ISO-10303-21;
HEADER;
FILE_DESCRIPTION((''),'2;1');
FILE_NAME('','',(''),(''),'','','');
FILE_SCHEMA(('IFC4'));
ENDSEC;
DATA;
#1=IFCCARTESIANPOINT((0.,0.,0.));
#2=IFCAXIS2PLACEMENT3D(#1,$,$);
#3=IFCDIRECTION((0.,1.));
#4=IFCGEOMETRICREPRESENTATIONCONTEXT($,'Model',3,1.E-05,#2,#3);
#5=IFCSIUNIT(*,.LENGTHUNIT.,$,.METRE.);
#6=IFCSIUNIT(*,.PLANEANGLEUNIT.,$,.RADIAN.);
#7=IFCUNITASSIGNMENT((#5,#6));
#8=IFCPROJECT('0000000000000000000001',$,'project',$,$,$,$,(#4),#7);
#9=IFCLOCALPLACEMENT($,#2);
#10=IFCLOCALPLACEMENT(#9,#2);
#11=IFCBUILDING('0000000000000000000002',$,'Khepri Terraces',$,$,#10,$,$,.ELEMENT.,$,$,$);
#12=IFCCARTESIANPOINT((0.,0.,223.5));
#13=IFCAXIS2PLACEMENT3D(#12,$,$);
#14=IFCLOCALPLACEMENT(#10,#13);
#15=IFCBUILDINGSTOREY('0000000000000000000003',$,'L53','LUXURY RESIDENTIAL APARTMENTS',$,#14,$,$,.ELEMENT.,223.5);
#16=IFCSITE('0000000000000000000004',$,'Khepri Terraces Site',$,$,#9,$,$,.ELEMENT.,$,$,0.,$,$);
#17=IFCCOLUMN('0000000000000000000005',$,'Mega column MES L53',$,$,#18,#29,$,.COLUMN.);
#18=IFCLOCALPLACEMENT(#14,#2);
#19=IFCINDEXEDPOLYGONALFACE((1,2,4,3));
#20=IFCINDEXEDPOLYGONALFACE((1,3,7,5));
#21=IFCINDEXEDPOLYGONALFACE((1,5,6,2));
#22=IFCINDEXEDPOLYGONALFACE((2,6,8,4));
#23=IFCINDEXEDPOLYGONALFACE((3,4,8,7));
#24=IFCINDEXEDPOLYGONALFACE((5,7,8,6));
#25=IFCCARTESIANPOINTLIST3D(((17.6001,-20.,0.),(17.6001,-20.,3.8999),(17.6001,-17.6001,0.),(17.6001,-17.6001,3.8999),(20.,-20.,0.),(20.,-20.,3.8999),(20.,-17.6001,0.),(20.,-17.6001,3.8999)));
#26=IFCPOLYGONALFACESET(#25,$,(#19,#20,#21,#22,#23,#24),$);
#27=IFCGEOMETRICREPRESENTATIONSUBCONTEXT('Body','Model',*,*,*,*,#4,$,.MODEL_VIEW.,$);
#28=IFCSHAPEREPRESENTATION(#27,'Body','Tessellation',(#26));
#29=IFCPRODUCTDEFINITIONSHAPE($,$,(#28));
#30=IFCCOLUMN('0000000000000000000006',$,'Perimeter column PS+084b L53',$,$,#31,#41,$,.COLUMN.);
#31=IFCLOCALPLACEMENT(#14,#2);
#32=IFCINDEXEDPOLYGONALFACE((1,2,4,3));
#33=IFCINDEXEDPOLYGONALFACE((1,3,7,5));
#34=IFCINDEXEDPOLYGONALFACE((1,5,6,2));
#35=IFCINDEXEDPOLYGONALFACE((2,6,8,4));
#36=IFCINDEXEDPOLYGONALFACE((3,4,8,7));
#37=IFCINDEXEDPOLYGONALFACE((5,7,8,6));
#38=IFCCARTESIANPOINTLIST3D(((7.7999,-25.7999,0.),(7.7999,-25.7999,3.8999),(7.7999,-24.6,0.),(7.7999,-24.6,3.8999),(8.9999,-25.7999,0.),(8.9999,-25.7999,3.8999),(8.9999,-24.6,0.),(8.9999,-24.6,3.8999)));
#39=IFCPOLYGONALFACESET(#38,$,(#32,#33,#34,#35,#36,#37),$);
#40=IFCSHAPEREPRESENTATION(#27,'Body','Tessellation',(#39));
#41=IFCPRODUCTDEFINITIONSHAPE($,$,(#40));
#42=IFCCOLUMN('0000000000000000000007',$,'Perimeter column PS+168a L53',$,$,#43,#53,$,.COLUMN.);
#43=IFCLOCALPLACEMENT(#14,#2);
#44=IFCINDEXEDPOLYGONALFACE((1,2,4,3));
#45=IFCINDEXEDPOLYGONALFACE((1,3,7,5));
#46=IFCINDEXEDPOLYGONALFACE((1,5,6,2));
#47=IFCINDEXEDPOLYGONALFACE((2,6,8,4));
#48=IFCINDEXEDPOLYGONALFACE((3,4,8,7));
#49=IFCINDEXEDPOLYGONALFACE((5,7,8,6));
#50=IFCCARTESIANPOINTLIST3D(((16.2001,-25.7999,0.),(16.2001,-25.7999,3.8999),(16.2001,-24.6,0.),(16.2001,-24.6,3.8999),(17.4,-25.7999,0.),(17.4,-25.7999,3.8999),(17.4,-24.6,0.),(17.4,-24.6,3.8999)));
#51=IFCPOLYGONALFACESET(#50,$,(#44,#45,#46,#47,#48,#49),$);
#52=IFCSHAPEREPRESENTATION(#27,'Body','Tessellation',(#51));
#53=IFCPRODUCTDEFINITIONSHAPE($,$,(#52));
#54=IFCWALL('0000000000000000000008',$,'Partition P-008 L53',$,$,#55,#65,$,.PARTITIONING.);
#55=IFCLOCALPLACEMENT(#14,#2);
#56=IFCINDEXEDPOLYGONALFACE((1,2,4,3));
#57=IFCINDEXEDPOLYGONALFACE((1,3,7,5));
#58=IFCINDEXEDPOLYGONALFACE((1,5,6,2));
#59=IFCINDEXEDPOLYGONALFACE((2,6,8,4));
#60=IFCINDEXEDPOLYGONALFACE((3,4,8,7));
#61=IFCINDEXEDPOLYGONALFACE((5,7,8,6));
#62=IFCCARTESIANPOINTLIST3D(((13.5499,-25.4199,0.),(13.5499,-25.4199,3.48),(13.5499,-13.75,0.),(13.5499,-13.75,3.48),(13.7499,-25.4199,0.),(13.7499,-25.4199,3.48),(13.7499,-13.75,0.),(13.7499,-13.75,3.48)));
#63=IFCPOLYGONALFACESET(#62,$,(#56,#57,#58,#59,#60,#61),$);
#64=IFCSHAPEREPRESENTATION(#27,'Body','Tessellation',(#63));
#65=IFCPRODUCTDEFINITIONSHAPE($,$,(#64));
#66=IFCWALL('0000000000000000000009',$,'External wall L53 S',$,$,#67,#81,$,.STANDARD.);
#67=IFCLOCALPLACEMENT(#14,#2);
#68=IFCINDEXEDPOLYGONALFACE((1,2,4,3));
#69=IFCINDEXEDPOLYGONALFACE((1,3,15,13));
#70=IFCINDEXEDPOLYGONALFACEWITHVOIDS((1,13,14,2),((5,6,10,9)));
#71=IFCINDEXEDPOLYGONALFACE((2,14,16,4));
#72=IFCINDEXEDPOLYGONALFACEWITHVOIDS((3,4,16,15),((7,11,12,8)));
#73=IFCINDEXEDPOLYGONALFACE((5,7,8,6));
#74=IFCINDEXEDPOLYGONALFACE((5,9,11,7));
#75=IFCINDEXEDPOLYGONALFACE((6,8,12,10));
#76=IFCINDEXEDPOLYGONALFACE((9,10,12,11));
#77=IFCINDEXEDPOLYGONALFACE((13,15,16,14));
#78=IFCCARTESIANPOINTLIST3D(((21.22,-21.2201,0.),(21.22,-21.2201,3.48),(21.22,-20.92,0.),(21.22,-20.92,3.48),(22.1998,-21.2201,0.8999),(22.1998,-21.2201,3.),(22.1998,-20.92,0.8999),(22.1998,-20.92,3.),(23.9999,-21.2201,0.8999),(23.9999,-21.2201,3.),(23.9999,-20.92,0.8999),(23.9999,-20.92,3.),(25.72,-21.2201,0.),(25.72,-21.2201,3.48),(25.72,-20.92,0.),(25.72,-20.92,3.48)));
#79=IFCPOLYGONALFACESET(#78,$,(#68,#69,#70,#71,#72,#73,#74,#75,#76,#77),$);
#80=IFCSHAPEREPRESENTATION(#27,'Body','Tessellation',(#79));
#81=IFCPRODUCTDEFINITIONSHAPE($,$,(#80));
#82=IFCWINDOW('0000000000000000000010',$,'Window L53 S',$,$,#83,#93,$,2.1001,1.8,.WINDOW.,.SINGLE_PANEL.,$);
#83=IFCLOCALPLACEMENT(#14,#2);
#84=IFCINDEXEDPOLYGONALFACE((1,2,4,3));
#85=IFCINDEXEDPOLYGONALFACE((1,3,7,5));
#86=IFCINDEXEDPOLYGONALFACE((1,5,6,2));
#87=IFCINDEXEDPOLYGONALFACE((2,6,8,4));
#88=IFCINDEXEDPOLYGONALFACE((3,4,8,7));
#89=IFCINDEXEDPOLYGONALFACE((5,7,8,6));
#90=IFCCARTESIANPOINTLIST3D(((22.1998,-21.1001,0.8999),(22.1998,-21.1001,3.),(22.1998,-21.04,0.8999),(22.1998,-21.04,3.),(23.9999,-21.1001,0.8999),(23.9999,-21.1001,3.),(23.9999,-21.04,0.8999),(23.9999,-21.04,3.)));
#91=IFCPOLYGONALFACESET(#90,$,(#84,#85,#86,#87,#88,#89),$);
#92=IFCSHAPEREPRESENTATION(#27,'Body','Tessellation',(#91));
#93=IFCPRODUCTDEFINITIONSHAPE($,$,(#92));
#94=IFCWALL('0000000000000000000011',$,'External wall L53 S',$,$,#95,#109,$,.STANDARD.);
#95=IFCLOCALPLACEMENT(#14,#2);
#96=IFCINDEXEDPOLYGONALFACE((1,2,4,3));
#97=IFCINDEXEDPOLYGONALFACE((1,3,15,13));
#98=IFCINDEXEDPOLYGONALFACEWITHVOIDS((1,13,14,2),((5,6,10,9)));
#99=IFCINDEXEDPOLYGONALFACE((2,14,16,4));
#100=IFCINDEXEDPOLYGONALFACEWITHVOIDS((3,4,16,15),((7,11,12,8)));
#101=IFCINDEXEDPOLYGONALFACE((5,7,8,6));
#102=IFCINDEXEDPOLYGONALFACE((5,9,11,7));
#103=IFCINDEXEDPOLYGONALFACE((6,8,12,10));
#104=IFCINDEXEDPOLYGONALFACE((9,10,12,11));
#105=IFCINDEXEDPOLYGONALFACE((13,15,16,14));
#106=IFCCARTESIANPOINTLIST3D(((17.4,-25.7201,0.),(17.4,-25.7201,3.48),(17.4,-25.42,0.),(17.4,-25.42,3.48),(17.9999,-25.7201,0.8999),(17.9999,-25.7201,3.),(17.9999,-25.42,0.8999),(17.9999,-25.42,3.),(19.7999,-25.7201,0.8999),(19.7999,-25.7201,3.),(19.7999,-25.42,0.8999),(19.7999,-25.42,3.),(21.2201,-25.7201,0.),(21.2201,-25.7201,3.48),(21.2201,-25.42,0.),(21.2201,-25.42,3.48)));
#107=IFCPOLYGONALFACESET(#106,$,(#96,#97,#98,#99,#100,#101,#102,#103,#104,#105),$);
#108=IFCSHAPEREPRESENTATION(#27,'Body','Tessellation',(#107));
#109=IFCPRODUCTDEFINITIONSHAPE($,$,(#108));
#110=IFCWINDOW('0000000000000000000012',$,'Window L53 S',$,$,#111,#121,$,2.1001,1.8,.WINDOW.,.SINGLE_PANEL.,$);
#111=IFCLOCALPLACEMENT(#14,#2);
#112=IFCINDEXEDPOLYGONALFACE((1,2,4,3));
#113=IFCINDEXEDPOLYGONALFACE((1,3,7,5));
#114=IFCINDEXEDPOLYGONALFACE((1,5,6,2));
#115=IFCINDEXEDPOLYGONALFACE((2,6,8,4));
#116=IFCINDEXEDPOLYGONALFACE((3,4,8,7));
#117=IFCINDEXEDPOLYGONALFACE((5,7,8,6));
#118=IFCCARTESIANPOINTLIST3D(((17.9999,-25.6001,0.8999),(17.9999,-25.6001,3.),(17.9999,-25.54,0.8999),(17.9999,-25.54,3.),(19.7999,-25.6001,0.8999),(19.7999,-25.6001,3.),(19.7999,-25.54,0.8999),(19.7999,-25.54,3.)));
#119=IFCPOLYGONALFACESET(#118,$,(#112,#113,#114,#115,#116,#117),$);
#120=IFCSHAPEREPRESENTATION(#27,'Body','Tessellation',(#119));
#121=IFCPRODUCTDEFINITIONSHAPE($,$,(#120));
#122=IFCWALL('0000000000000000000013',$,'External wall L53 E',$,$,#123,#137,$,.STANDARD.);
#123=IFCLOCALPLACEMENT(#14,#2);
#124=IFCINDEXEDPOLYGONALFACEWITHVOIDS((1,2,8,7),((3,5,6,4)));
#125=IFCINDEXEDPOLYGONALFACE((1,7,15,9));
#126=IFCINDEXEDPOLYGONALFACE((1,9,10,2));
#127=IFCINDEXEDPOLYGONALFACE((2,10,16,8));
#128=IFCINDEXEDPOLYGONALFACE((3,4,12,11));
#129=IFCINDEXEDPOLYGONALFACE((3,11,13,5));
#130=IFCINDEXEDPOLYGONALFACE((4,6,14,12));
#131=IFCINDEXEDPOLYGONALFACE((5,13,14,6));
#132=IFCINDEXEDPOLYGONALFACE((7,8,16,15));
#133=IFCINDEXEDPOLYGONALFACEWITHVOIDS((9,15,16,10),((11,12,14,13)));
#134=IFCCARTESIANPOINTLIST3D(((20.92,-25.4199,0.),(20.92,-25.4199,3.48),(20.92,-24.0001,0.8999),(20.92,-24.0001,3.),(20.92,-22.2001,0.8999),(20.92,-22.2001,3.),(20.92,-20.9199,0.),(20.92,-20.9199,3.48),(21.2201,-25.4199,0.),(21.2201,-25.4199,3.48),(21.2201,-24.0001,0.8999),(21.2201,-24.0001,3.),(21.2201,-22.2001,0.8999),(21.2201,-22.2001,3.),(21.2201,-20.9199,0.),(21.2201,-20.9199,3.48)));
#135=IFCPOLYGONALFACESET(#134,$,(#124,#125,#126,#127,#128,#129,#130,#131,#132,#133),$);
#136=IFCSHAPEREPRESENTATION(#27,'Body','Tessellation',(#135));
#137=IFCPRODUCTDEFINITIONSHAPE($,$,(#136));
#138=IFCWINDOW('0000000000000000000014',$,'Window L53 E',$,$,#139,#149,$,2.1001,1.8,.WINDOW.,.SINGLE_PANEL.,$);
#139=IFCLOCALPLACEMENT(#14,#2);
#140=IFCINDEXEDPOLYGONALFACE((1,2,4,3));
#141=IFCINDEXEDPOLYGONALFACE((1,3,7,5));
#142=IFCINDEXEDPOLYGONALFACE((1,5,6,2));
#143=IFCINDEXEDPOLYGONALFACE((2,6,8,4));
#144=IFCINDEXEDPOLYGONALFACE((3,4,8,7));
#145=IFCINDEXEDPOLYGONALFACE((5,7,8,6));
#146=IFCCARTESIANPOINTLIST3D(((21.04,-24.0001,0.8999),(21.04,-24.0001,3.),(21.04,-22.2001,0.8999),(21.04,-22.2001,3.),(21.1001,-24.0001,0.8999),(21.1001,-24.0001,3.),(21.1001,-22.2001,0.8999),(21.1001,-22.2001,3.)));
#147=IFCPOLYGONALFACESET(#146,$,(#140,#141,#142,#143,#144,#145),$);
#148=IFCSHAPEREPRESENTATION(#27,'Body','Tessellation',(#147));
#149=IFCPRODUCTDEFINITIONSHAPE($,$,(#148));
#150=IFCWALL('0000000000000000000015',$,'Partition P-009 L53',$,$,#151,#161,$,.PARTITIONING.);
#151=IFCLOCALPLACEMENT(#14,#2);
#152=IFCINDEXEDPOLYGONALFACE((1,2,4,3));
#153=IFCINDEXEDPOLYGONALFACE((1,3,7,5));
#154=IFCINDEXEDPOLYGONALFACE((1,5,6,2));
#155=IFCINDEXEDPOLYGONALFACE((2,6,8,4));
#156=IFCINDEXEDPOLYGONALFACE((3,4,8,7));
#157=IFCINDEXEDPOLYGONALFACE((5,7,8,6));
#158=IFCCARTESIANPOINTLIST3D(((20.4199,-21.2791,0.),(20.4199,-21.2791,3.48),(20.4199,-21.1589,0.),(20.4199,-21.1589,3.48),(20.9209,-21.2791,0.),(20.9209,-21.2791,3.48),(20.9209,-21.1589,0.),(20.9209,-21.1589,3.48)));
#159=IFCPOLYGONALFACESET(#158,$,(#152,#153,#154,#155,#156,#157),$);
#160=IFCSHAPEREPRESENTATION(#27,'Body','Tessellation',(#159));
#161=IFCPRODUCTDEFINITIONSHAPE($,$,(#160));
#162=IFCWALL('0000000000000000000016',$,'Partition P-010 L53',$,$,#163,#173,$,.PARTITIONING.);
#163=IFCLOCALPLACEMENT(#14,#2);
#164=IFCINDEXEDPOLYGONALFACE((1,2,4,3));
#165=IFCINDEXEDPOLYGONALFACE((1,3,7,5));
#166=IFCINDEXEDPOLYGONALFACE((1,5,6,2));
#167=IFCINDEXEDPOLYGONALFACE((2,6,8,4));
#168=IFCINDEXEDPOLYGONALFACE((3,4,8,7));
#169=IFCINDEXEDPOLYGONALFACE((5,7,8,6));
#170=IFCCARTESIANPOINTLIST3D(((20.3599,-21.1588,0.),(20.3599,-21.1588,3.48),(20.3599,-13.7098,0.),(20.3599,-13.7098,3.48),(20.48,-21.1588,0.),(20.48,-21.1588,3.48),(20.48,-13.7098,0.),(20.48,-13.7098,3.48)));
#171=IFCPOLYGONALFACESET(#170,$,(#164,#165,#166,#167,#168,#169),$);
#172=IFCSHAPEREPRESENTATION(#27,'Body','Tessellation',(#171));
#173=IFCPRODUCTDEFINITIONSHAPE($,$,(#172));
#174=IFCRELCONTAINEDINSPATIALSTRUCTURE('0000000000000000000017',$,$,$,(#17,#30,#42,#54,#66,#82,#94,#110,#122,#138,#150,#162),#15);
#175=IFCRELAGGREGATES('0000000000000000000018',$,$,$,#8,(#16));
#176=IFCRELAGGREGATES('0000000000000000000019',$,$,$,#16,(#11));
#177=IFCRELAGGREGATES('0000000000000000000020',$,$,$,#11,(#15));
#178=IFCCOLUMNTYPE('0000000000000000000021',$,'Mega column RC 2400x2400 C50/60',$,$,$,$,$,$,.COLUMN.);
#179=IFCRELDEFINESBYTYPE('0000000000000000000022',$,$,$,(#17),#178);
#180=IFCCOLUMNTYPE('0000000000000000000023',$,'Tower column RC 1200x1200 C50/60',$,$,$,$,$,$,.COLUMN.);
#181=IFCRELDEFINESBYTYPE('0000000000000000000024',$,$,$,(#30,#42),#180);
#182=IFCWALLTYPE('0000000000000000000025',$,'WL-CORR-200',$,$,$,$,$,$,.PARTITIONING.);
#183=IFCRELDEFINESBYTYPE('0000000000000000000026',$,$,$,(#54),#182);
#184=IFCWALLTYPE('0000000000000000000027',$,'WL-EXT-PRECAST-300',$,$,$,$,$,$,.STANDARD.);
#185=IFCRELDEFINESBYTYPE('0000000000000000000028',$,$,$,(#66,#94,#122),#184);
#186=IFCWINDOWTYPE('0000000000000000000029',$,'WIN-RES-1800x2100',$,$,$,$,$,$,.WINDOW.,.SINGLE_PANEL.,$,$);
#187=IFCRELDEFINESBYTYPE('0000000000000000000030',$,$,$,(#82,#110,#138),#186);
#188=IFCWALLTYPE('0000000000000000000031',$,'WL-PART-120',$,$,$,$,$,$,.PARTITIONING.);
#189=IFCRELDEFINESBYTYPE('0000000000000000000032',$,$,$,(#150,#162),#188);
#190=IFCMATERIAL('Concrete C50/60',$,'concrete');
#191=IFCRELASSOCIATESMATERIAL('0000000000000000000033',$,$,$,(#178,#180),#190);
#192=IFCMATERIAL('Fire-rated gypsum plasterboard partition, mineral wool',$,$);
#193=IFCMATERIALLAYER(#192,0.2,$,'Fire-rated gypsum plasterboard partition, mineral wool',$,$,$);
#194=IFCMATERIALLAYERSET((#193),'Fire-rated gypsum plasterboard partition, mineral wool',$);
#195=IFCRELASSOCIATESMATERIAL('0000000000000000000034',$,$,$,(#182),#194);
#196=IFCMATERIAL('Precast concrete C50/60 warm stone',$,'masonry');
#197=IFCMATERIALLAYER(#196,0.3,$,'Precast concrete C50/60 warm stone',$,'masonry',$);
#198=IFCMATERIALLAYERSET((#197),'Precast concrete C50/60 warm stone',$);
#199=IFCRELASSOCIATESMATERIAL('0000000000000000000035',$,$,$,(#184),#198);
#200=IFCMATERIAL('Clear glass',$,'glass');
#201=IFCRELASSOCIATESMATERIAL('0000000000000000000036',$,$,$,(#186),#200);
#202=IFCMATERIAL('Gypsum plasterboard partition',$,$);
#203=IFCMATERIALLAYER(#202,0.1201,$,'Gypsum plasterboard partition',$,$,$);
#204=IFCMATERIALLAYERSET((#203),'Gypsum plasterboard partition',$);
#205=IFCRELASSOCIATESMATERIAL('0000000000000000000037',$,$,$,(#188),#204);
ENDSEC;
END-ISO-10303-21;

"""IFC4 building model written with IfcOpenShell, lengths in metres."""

from ifc_helpers import new_model, si_unit, direction, frame, frame_2d, origin, origin_2d, place, context, subcontext, project, spatial, rectangle, extrude, material, layer, layer_set, material_profile, profile_set, type_object, element, fill, save


model = new_model("IFC4")

# Units and contexts
model_context = context("Model", 3, precision=1e-05, world=origin(), true_north=direction((0.0, 1.0)))
body_context = subcontext(model_context, "Body", "Model", "MODEL_VIEW")
ifc_project = project(units=[si_unit("LENGTHUNIT", "METRE"), si_unit("PLANEANGLEUNIT", "RADIAN")], contexts=[model_context])

# Site, building, storey
site_placement = place(None, origin())
site = spatial("IfcSite", under=ifc_project, at=site_placement, Name="Khepri Terraces Site", CompositionType="ELEMENT", RefElevation=0.0)
building_placement = place(site_placement, origin())
building = spatial("IfcBuilding", under=site, at=building_placement, Name="Khepri Terraces", CompositionType="ELEMENT")
storey_placement = place(building_placement, frame((0.0, 0.0, 223.5)))
storey = spatial("IfcBuildingStorey", under=building, at=storey_placement, Name="L53", Description="LUXURY RESIDENTIAL APARTMENTS", CompositionType="ELEMENT", Elevation=223.5)

# Columns
ifc_material_1 = material(Name="Concrete C50/60", Category="concrete")
ifc_material_profile_1 = material_profile(ifc_material_1, rectangle(XDim=2.3999, YDim=2.3999, at=origin_2d()), Name="Concrete C50/60", Category="concrete")
ifc_profile_set_1 = profile_set([ifc_material_profile_1], Name="Concrete C50/60")
column_type_1 = type_object("IfcColumnType", Name="Mega column RC 2400x2400 C50/60", PredefinedType="COLUMN", material=ifc_profile_set_1)
column_placement = place(storey_placement, frame((18.8, -18.8, 0.0), z_axis=(0.0, 0.0, 1.0), x_axis=(1.0, 0.0, 0.0)))
element("IfcColumn", 1, at=column_placement, inside=storey, type_object=column_type_1, Name="Mega column MES L53", PredefinedType="COLUMN", context=body_context, shape_type="SweptSolid", body=[
    extrude(rectangle(XDim=2.3999, YDim=2.3999, at=origin_2d()), origin(), (0.0, 0.0, 1.0), 3.8999),
])
ifc_material_profile_2 = material_profile(ifc_material_1, rectangle(XDim=1.2, YDim=1.2, at=origin_2d()), Name="Concrete C50/60", Category="concrete")
ifc_profile_set_2 = profile_set([ifc_material_profile_2], Name="Concrete C50/60")
column_type_2 = type_object("IfcColumnType", Name="Tower column RC 1200x1200 C50/60", PredefinedType="COLUMN", material=ifc_profile_set_2)
for number, where, z_axis, x_axis, name in (
    (2, (8.3999, -25.2, 0.0), (0.0, 0.0, 1.0), (1.0, 0.0, 0.0), "Perimeter column PS+084b L53"),
    (3, (16.8, -25.2, 0.0), (0.0, 0.0, 1.0), (1.0, 0.0, 0.0), "Perimeter column PS+168a L53"),
):
    element("IfcColumn", number, at=place(storey_placement, frame(where, z_axis=z_axis, x_axis=x_axis)), inside=storey, type_object=column_type_2, Name=name, PredefinedType="COLUMN", context=body_context, shape_type="SweptSolid", body=[
        extrude(rectangle(XDim=1.2, YDim=1.2, at=origin_2d()), origin(), (0.0, 0.0, 1.0), 3.8999),
    ])

# Wall
ifc_material_2 = material(Name="Fire-rated gypsum plasterboard partition, mineral wool")
ifc_layer_1 = layer(ifc_material_2, 0.2, Name="Fire-rated gypsum plasterboard partition, mineral wool")
ifc_layer_set_1 = layer_set([ifc_layer_1], Name="Fire-rated gypsum plasterboard partition, mineral wool")
wall_type_1 = type_object("IfcWallType", Name="WL-CORR-200", PredefinedType="PARTITIONING", material=ifc_layer_set_1)
wall_1_placement = place(storey_placement, frame((13.6499, -25.4199, 0.0), z_axis=(0.0, 0.0, 1.0), x_axis=(0.0, 1.0, 0.0)))
element("IfcWall", 4, at=wall_1_placement, inside=storey, type_object=wall_type_1, Name="Partition P-008 L53", PredefinedType="PARTITIONING", context=body_context, shape_type="SweptSolid", body=[
    extrude(rectangle(XDim=11.6699, YDim=0.2, at=frame_2d((5.835, 0.0))), origin(), (0.0, 0.0, 1.0), 3.48),
])

# Wall, opening, window
ifc_material_3 = material(Name="Precast concrete C50/60 warm stone", Category="masonry")
ifc_layer_2 = layer(ifc_material_3, 0.3, Name="Precast concrete C50/60 warm stone", Category="masonry")
ifc_layer_set_2 = layer_set([ifc_layer_2], Name="Precast concrete C50/60 warm stone")
wall_type_2 = type_object("IfcWallType", Name="WL-EXT-PRECAST-300", PredefinedType="STANDARD", material=ifc_layer_set_2)
wall_2_placement = place(storey_placement, frame((21.22, -21.0701, 0.0), z_axis=(0.0, 0.0, 1.0), x_axis=(1.0, 0.0, 0.0)))
wall_2 = element("IfcWall", 5, at=wall_2_placement, inside=storey, type_object=wall_type_2, Name="External wall L53 S", PredefinedType="STANDARD", context=body_context, shape_type="SweptSolid", body=[
    extrude(rectangle(XDim=4.5, YDim=0.3, at=frame_2d((2.25, 0.0))), origin(), (0.0, 0.0, 1.0), 3.48),
])
opening_1_placement = place(wall_2_placement, frame((0.98, 0.0, 0.8999)))
opening_1 = element("IfcOpeningElement", 6, at=opening_1_placement, cuts=wall_2, PredefinedType="OPENING", context=body_context, shape_type="SweptSolid", body=[
    extrude(rectangle(XDim=1.8, YDim=2.1001, at=frame_2d((0.8999, 1.05))), frame((0.0, 0.1602, 0.0), z_axis=(0.0, -1.0, 0.0), x_axis=(1.0, 0.0, 0.0)), (0.0, 0.0, 1.0), 0.3201),
])
ifc_material_4 = material(Name="Clear glass", Category="glass")
window_type = type_object("IfcWindowType", Name="WIN-RES-1800x2100", PartitioningType="SINGLE_PANEL", PredefinedType="WINDOW", material=ifc_material_4)
window_1_placement = place(opening_1_placement, origin())
window_1 = element("IfcWindow", 7, at=window_1_placement, inside=storey, type_object=window_type, Name="Window L53 S", OverallHeight=2.1001, OverallWidth=1.8, PartitioningType="SINGLE_PANEL", PredefinedType="WINDOW", context=body_context, shape_type="SweptSolid", body=[
    extrude(rectangle(XDim=1.8, YDim=2.1001, at=frame_2d((0.8999, 1.05))), frame((0.0, 0.03, 0.0), z_axis=(0.0, -1.0, 0.0), x_axis=(1.0, 0.0, 0.0)), (0.0, 0.0, 1.0), 0.0601),
])
fill(opening_1, window_1)

# Walls, openings, windows
wall_3_placement = place(storey_placement, frame((17.3999, -25.5701, 0.0), z_axis=(0.0, 0.0, 1.0), x_axis=(1.0, 0.0, 0.0)))
wall_3 = element("IfcWall", 8, at=wall_3_placement, inside=storey, type_object=wall_type_2, Name="External wall L53 S", PredefinedType="STANDARD", context=body_context, shape_type="SweptSolid", body=[
    extrude(rectangle(XDim=3.8201, YDim=0.3, at=frame_2d((1.9102, 0.0))), origin(), (0.0, 0.0, 1.0), 3.48),
])
opening_2_placement = place(wall_3_placement, frame((0.6001, 0.0, 0.8999)))
opening_2 = element("IfcOpeningElement", 9, at=opening_2_placement, cuts=wall_3, PredefinedType="OPENING", context=body_context, shape_type="SweptSolid", body=[
    extrude(rectangle(XDim=1.8, YDim=2.1001, at=frame_2d((0.8999, 1.05))), frame((0.0, 0.1602, 0.0), z_axis=(0.0, -1.0, 0.0), x_axis=(1.0, 0.0, 0.0)), (0.0, 0.0, 1.0), 0.3201),
])
window_2_placement = place(opening_2_placement, origin())
window_2 = element("IfcWindow", 10, at=window_2_placement, inside=storey, type_object=window_type, Name="Window L53 S", OverallHeight=2.1001, OverallWidth=1.8, PartitioningType="SINGLE_PANEL", PredefinedType="WINDOW", context=body_context, shape_type="SweptSolid", body=[
    extrude(rectangle(XDim=1.8, YDim=2.1001, at=frame_2d((0.8999, 1.05))), frame((0.0, 0.03, 0.0), z_axis=(0.0, -1.0, 0.0), x_axis=(1.0, 0.0, 0.0)), (0.0, 0.0, 1.0), 0.0601),
])
fill(opening_2, window_2)
wall_4_placement = place(storey_placement, frame((21.0701, -25.4199, 0.0), z_axis=(0.0, 0.0, 1.0), x_axis=(0.0, 1.0, 0.0)))
wall_4 = element("IfcWall", 11, at=wall_4_placement, inside=storey, type_object=wall_type_2, Name="External wall L53 E", PredefinedType="STANDARD", context=body_context, shape_type="SweptSolid", body=[
    extrude(rectangle(XDim=4.5, YDim=0.3, at=frame_2d((2.25, 0.0))), origin(), (0.0, 0.0, 1.0), 3.48),
])
opening_3_placement = place(wall_4_placement, frame((1.4199, 0.0, 0.8999)))
opening_3 = element("IfcOpeningElement", 12, at=opening_3_placement, cuts=wall_4, PredefinedType="OPENING", context=body_context, shape_type="SweptSolid", body=[
    extrude(rectangle(XDim=1.8, YDim=2.1001, at=frame_2d((0.8999, 1.05))), frame((0.0, 0.1602, 0.0), z_axis=(0.0, -1.0, 0.0), x_axis=(1.0, 0.0, 0.0)), (0.0, 0.0, 1.0), 0.3201),
])
window_3_placement = place(opening_3_placement, origin())
window_3 = element("IfcWindow", 13, at=window_3_placement, inside=storey, type_object=window_type, Name="Window L53 E", OverallHeight=2.1001, OverallWidth=1.8, PartitioningType="SINGLE_PANEL", PredefinedType="WINDOW", context=body_context, shape_type="SweptSolid", body=[
    extrude(rectangle(XDim=1.8, YDim=2.1001, at=frame_2d((0.8999, 1.05))), frame((0.0, 0.03, 0.0), z_axis=(0.0, -1.0, 0.0), x_axis=(1.0, 0.0, 0.0)), (0.0, 0.0, 1.0), 0.0601),
])
fill(opening_3, window_3)

# Walls
ifc_material_5 = material(Name="Gypsum plasterboard partition")
ifc_layer_3 = layer(ifc_material_5, 0.1201, Name="Gypsum plasterboard partition")
ifc_layer_set_3 = layer_set([ifc_layer_3], Name="Gypsum plasterboard partition")
wall_type_3 = type_object("IfcWallType", Name="WL-PART-120", PredefinedType="PARTITIONING", material=ifc_layer_set_3)
wall_5_placement = place(storey_placement, frame((20.4199, -21.219, 0.0), z_axis=(0.0, 0.0, 1.0), x_axis=(1.0, 0.0, 0.0)))
element("IfcWall", 14, at=wall_5_placement, inside=storey, type_object=wall_type_3, Name="Partition P-009 L53", PredefinedType="PARTITIONING", context=body_context, shape_type="SweptSolid", body=[
    extrude(rectangle(XDim=0.501, YDim=0.1201, at=frame_2d((0.2505, 0.0))), origin(), (0.0, 0.0, 1.0), 3.48),
])
wall_6_placement = place(storey_placement, frame((20.4199, -21.1589, 0.0), z_axis=(0.0, 0.0, 1.0), x_axis=(0.0, 1.0, 0.0)))
element("IfcWall", 15, at=wall_6_placement, inside=storey, type_object=wall_type_3, Name="Partition P-010 L53", PredefinedType="PARTITIONING", context=body_context, shape_type="SweptSolid", body=[
    extrude(rectangle(XDim=7.449, YDim=0.1201, at=frame_2d((3.7246, 0.0))), origin(), (0.0, 0.0, 1.0), 3.48),
])

save(model, "model.ifc")
